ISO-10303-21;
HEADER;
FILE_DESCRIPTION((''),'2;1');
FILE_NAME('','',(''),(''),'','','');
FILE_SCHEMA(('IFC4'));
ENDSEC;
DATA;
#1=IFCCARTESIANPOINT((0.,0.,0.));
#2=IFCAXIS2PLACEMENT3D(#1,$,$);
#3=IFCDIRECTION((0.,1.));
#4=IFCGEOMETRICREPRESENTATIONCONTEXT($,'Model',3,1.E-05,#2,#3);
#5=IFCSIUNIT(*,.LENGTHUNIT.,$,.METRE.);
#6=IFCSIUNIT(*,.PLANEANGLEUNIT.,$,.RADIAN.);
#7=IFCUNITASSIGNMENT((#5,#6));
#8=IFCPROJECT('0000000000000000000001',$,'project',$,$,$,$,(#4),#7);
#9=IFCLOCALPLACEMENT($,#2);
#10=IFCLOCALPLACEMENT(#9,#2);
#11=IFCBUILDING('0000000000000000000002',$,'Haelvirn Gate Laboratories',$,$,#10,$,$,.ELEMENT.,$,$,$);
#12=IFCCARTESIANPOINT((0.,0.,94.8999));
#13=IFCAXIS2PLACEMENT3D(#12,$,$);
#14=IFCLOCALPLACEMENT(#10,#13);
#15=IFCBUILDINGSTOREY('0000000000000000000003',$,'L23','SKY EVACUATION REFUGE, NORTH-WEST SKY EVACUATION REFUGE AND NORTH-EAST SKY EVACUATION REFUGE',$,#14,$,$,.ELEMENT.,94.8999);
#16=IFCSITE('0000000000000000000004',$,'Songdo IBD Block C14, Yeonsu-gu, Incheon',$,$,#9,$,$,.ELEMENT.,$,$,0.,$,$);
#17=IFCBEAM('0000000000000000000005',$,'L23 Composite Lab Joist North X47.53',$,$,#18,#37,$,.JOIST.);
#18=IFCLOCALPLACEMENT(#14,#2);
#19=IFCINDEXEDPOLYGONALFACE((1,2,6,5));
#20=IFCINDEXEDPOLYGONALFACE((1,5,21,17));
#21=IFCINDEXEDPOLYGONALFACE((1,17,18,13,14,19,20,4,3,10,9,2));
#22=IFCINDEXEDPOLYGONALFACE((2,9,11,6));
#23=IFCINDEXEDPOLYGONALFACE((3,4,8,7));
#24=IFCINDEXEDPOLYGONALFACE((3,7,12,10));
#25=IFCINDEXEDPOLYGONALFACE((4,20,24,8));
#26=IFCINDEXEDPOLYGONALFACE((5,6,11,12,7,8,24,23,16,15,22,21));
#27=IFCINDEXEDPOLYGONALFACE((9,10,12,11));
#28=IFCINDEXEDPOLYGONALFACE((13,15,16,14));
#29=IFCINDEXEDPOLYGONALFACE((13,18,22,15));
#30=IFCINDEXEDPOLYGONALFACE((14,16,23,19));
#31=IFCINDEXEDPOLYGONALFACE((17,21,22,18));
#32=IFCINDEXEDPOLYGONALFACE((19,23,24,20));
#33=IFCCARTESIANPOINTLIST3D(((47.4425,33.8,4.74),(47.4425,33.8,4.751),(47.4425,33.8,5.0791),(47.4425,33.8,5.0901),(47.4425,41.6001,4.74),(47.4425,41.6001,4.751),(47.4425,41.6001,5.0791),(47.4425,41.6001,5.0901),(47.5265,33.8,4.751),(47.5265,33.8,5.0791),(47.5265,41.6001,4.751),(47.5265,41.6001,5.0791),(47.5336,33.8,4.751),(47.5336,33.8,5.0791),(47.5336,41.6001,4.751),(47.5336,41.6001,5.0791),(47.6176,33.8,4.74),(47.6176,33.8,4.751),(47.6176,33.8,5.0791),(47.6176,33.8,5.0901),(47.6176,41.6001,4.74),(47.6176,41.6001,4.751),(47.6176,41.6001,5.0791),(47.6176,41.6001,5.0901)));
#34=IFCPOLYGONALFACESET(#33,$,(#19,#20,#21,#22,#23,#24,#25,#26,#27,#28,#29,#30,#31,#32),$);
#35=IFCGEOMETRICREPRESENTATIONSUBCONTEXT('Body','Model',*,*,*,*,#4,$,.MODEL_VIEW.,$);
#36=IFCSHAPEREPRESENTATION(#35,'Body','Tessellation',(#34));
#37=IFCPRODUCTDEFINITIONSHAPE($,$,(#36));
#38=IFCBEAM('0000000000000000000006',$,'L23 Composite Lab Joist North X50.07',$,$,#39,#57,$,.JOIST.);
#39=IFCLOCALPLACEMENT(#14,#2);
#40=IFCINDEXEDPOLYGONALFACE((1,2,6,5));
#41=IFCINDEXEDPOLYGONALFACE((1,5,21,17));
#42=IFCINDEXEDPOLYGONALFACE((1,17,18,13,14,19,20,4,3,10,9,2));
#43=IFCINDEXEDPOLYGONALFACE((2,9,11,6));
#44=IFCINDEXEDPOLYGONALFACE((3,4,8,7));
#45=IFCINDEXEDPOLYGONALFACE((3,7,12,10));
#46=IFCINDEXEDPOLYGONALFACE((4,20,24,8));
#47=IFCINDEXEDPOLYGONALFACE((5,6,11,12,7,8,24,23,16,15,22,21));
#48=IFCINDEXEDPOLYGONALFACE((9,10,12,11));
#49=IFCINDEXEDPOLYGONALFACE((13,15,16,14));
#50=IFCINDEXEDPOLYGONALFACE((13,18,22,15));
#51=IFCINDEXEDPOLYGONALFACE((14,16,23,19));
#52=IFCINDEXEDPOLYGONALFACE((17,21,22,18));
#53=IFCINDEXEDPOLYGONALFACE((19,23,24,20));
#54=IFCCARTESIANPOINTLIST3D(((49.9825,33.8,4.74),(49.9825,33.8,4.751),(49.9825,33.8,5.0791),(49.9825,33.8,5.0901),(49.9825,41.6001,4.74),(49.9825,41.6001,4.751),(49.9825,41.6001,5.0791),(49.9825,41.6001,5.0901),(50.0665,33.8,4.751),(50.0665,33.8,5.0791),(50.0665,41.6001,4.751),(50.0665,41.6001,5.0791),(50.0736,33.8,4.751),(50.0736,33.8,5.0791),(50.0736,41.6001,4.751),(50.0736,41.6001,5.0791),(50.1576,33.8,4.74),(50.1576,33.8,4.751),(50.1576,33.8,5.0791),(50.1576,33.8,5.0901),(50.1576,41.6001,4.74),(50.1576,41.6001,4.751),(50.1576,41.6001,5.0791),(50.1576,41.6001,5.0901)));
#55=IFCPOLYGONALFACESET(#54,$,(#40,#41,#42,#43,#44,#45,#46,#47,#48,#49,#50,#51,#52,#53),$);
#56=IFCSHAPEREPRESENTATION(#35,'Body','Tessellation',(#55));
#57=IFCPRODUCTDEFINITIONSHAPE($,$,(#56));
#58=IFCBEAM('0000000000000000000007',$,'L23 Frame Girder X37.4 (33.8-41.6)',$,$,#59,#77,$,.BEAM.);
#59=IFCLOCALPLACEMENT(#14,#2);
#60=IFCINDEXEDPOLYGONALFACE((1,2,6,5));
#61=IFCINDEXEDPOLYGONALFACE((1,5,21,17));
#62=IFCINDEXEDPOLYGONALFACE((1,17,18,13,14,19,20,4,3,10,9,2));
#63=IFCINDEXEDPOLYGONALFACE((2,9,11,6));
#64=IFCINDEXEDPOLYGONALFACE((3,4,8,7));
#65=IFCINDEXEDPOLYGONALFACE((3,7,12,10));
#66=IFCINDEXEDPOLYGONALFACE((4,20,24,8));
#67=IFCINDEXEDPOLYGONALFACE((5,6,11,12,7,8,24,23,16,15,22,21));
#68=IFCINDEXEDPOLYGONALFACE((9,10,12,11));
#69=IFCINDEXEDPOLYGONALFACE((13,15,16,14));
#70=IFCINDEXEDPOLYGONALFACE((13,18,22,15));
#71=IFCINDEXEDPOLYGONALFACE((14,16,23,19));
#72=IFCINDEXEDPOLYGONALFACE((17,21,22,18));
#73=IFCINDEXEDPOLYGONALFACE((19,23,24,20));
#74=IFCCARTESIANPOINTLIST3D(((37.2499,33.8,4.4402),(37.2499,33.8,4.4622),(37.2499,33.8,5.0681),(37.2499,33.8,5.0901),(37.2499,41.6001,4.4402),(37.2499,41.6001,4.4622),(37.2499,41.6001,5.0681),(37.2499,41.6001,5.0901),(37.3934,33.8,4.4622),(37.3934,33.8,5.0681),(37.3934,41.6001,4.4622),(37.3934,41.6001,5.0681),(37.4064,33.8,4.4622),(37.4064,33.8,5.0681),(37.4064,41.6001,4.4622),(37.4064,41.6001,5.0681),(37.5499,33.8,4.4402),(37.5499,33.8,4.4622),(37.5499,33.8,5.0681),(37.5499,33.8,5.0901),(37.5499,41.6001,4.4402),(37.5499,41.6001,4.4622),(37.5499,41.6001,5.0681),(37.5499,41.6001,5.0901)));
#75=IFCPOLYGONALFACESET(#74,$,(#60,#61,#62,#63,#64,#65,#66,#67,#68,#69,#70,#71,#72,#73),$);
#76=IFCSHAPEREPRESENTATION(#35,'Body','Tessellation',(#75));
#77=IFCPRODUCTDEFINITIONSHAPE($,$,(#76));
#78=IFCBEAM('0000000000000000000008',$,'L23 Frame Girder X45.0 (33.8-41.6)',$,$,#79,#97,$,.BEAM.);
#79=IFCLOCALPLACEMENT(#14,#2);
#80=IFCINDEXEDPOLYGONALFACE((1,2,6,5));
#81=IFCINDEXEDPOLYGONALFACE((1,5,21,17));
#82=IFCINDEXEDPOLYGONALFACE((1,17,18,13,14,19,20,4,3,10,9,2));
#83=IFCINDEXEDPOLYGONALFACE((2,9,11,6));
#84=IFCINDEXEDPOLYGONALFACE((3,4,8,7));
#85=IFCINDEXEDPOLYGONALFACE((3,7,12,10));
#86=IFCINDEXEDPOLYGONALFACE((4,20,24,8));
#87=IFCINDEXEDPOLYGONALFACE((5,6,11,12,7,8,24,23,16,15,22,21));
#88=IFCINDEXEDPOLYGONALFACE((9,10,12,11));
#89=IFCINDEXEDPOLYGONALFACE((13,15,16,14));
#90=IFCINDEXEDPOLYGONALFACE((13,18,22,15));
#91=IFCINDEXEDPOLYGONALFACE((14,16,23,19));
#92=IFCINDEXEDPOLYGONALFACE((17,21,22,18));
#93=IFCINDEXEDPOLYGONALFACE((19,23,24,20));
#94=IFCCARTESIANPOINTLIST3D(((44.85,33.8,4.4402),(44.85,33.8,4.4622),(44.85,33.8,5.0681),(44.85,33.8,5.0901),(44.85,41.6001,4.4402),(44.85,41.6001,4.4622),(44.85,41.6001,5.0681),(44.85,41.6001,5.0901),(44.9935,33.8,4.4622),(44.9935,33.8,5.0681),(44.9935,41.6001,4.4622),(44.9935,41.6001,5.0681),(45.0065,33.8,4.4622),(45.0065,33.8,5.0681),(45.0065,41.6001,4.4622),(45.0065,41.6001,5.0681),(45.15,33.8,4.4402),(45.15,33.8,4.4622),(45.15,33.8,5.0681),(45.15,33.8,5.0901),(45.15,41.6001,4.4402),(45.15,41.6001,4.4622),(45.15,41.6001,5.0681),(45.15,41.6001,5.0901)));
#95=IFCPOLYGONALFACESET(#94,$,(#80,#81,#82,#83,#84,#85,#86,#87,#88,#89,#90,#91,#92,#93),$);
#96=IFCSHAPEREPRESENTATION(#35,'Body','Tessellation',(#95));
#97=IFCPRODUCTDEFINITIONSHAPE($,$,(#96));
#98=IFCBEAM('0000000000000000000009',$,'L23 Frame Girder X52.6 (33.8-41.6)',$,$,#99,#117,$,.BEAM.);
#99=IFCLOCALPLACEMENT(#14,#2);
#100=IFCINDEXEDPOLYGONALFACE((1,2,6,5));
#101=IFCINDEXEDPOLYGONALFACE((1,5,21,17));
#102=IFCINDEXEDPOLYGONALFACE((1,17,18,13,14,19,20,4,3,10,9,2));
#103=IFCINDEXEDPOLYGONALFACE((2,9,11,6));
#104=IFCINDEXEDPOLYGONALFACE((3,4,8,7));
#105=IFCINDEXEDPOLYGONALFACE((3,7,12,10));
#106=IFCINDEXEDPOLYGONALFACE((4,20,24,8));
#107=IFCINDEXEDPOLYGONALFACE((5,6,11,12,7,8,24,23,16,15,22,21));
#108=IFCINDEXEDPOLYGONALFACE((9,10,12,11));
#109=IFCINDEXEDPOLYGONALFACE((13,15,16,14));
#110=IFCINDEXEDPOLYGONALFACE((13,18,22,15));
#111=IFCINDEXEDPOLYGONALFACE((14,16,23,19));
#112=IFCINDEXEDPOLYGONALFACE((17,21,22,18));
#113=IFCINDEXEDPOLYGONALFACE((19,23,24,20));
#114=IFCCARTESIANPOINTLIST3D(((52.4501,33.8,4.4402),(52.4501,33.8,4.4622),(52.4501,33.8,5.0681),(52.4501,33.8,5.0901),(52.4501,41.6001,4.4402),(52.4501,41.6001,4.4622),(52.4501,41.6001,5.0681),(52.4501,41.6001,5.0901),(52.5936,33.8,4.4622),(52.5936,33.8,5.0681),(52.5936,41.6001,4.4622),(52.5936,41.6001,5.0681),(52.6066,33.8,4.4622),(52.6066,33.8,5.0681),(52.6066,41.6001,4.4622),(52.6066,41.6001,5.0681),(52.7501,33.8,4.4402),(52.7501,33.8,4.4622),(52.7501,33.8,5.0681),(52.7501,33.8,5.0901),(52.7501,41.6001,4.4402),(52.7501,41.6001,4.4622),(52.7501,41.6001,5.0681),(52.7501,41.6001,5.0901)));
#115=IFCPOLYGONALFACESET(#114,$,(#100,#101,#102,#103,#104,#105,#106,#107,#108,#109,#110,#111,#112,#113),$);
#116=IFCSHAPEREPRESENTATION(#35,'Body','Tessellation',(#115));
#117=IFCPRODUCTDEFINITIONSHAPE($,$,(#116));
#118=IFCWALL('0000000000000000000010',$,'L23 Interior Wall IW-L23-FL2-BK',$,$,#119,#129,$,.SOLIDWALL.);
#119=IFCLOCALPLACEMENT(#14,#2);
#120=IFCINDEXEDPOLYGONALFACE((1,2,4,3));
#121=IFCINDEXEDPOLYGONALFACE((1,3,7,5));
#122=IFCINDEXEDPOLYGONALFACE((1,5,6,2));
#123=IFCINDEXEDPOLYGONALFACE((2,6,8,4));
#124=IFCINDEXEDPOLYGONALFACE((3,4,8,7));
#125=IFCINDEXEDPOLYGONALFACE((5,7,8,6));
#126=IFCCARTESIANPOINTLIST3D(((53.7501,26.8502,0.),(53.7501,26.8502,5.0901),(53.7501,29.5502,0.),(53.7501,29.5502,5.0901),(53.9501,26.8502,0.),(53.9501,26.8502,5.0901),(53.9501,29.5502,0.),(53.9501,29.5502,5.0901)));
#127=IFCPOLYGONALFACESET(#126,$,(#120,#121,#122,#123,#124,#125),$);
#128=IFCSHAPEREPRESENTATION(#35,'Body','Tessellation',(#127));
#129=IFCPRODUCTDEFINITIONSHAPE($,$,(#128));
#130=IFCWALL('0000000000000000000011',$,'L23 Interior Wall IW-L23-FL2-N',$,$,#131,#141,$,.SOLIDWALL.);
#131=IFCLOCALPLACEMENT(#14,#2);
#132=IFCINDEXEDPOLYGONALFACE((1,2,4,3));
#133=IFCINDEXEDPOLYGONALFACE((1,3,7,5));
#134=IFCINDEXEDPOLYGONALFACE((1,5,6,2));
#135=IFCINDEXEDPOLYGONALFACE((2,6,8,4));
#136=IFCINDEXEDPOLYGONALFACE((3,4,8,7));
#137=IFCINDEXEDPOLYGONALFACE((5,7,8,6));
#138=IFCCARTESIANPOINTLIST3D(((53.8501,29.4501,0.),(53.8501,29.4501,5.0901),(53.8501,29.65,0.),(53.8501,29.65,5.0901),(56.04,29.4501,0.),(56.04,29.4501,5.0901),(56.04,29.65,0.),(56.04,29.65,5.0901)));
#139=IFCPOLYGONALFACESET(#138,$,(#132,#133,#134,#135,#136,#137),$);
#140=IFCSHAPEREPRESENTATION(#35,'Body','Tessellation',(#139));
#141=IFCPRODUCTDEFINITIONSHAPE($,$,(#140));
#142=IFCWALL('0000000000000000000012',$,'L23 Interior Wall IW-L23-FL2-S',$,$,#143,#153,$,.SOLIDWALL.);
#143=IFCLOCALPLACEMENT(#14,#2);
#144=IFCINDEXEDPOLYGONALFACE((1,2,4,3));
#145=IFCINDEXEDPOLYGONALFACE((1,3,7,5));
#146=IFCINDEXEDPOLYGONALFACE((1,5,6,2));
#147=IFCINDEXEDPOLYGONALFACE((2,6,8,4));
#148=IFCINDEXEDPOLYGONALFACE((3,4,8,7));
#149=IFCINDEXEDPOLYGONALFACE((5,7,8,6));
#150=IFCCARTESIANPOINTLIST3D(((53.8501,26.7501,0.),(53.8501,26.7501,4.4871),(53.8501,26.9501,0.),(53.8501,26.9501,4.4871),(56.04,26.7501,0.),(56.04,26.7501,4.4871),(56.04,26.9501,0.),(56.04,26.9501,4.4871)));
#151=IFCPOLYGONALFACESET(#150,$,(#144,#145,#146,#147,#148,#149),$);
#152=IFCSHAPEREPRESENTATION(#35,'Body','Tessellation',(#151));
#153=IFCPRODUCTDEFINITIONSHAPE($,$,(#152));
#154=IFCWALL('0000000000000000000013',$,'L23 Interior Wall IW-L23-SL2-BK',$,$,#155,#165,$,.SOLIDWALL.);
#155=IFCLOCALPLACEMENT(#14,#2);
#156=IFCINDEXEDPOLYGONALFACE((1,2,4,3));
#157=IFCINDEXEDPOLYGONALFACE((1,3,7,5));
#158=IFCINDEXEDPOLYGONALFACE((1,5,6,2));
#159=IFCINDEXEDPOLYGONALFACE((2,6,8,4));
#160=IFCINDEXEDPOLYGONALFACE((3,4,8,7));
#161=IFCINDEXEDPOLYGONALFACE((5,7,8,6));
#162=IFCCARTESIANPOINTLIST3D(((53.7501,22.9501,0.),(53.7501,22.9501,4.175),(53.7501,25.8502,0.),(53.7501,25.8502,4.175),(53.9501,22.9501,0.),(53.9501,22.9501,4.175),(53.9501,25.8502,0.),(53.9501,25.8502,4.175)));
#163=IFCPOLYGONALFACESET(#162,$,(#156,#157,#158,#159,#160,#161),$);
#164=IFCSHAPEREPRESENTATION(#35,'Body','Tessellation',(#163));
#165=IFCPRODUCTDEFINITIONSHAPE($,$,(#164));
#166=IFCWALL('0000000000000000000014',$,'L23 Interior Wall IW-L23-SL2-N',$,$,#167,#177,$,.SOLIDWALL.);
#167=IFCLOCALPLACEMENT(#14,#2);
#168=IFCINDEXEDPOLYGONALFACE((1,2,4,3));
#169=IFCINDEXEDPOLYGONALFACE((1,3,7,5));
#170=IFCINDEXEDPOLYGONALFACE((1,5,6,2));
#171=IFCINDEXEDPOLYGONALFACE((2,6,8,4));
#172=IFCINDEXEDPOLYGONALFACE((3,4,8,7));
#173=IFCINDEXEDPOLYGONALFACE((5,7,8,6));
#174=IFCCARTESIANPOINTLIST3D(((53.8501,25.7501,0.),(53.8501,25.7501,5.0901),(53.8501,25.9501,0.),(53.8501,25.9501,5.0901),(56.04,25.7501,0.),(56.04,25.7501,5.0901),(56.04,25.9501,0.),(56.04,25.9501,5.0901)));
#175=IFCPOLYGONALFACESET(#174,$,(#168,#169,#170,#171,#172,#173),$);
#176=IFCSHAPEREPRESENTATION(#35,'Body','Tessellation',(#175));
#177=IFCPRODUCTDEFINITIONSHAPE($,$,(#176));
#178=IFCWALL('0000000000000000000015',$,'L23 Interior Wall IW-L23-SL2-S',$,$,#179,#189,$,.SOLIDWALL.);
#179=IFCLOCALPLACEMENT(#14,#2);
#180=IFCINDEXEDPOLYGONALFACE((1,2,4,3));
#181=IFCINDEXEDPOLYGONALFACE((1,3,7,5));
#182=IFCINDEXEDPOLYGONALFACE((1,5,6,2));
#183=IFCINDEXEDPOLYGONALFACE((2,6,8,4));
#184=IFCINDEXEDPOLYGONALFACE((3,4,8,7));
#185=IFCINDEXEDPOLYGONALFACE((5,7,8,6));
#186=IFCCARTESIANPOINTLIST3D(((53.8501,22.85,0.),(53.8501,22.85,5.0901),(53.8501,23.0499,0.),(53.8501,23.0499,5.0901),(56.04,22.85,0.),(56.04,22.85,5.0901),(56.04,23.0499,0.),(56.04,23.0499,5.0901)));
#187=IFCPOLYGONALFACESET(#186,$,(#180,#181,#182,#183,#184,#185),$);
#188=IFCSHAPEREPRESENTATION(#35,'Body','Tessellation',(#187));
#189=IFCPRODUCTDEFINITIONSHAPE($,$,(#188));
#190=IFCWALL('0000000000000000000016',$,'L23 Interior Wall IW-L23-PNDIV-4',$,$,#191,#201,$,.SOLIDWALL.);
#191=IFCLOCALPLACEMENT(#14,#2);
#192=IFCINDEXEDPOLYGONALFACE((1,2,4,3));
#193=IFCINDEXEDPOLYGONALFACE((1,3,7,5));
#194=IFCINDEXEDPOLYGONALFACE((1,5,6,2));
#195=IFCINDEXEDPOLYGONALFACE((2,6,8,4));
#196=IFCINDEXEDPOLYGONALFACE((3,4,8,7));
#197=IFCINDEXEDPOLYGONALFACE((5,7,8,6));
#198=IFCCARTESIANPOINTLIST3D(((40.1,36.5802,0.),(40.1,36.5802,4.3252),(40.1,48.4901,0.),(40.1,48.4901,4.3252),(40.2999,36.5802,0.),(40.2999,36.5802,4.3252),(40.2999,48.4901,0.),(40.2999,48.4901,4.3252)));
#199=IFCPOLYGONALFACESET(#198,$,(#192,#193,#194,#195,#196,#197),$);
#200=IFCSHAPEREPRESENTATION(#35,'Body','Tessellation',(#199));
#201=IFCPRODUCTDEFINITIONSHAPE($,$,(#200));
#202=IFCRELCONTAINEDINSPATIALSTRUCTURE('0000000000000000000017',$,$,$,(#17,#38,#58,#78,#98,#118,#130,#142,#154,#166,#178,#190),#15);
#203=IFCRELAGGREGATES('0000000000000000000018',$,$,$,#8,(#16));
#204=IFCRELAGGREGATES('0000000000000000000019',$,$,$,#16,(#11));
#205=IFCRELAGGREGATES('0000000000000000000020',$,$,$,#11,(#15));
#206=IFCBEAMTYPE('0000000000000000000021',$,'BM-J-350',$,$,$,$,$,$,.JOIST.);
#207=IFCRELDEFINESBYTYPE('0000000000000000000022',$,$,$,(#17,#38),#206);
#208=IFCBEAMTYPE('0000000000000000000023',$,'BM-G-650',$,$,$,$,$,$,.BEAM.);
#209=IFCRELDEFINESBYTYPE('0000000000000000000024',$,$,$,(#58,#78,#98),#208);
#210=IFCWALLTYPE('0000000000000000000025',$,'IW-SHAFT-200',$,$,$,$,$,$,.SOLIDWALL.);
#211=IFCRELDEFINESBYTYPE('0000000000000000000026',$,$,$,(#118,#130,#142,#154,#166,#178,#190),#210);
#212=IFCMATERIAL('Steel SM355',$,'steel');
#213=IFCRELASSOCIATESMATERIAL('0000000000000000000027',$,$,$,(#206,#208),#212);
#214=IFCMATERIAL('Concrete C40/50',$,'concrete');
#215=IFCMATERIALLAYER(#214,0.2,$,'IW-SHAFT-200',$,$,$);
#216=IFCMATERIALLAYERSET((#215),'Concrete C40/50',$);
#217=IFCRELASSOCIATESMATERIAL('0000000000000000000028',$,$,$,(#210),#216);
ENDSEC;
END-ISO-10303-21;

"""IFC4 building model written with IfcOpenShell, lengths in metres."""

from ifc_helpers import new_model, si_unit, direction, frame, frame_2d, origin, origin_2d, place, context, subcontext, project, spatial, rectangle, i_section, extrude, source, transform, mapped, material, layer, layer_set, material_profile, profile_set, type_object, type_shapes, element, save


model = new_model("IFC4")

# Units and contexts
model_context = context("Model", 3, precision=1e-05, world=origin(), true_north=direction((0.0, 1.0)))
body_context = subcontext(model_context, "Body", "Model", "MODEL_VIEW")
ifc_project = project(units=[si_unit("LENGTHUNIT", "METRE"), si_unit("PLANEANGLEUNIT", "RADIAN")], contexts=[model_context])

# Site, building, storey
site_placement = place(None, origin())
site = spatial("IfcSite", under=ifc_project, at=site_placement, Name="Songdo IBD Block C14, Yeonsu-gu, Incheon", CompositionType="ELEMENT", RefElevation=0.0)
building_placement = place(site_placement, origin())
building = spatial("IfcBuilding", under=site, at=building_placement, Name="Haelvirn Gate Laboratories", CompositionType="ELEMENT")
storey_placement = place(building_placement, frame((0.0, 0.0, 94.8999)))
storey = spatial("IfcBuildingStorey", under=building, at=storey_placement, Name="L23", Description="SKY EVACUATION REFUGE, NORTH-WEST SKY EVACUATION REFUGE AND NORTH-EAST SKY EVACUATION REFUGE", CompositionType="ELEMENT", Elevation=94.8999)

# Beams
ifc_material_1 = material(Name="Steel SM355", Category="steel")
ifc_material_profile_1 = material_profile(ifc_material_1, i_section(OverallWidth=0.175, OverallDepth=0.3501, WebThickness=0.0071, FlangeThickness=0.011, at=origin_2d()), Name="H-350x175x7x11")
ifc_profile_set_1 = profile_set([ifc_material_profile_1], Name="Steel SM355")
beam_type_1 = type_object("IfcBeamType", Name="BM-J-350", PredefinedType="JOIST", material=ifc_profile_set_1)
shared_shape_1 = source(origin(), body_context, "Body", "SweptSolid", [
    extrude(i_section(OverallWidth=0.175, OverallDepth=0.3501, WebThickness=0.0071, FlangeThickness=0.011, at=origin_2d()), origin(), (0.0, 0.0, 1.0), 7.8),
])
type_shapes(beam_type_1, [shared_shape_1])
for number, where, z_axis, x_axis, name in (
    (1, (47.53, 33.8, 4.915), (0.0, 1.0, 0.0), (-1.0, 0.0, 0.0), "L23 Composite Lab Joist North X47.53"),
    (2, (50.0701, 33.8, 4.915), (0.0, 1.0, 0.0), (-1.0, 0.0, 0.0), "L23 Composite Lab Joist North X50.07"),
):
    element("IfcBeam", number, at=place(storey_placement, frame(where, z_axis=z_axis, x_axis=x_axis)), inside=storey, type_object=beam_type_1, Name=name, PredefinedType="JOIST", context=body_context, shape_type="MappedRepresentation", body=[
        mapped(shared_shape_1, transform((0.0, 0.0, 0.0), scale=1.0)),
    ])
ifc_material_profile_2 = material_profile(ifc_material_1, i_section(OverallWidth=0.3, OverallDepth=0.6499, WebThickness=0.0129, FlangeThickness=0.022, at=origin_2d()), Name="H-650x300x13x22")
ifc_profile_set_2 = profile_set([ifc_material_profile_2], Name="Steel SM355")
beam_type_2 = type_object("IfcBeamType", Name="BM-G-650", PredefinedType="BEAM", material=ifc_profile_set_2)
shared_shape_2 = source(origin(), body_context, "Body", "SweptSolid", [
    extrude(i_section(OverallWidth=0.3, OverallDepth=0.6499, WebThickness=0.0129, FlangeThickness=0.022, at=origin_2d()), origin(), (0.0, 0.0, 1.0), 7.8),
])
type_shapes(beam_type_2, [shared_shape_2])
for number, where, z_axis, x_axis, name in (
    (3, (37.3999, 33.8, 4.7651), (0.0, 1.0, 0.0), (-1.0, 0.0, 0.0), "L23 Frame Girder X37.4 (33.8-41.6)"),
    (4, (45.0, 33.8, 4.7651), (0.0, 1.0, 0.0), (-1.0, 0.0, 0.0), "L23 Frame Girder X45.0 (33.8-41.6)"),
    (5, (52.6001, 33.8, 4.7651), (0.0, 1.0, 0.0), (-1.0, 0.0, 0.0), "L23 Frame Girder X52.6 (33.8-41.6)"),
):
    element("IfcBeam", number, at=place(storey_placement, frame(where, z_axis=z_axis, x_axis=x_axis)), inside=storey, type_object=beam_type_2, Name=name, PredefinedType="BEAM", context=body_context, shape_type="MappedRepresentation", body=[
        mapped(shared_shape_2, transform((0.0, 0.0, 0.0), scale=1.0)),
    ])

# Walls
ifc_material_2 = material(Name="Concrete C40/50", Category="concrete")
ifc_layer_1 = layer(ifc_material_2, 0.2, Name="IW-SHAFT-200")
ifc_layer_set_1 = layer_set([ifc_layer_1], Name="Concrete C40/50")
wall_type_1 = type_object("IfcWallType", Name="IW-SHAFT-200", PredefinedType="SOLIDWALL", material=ifc_layer_set_1)
wall_1_placement = place(storey_placement, frame((53.8501, 26.8501, 0.0), z_axis=(0.0, 0.0, 1.0), x_axis=(0.0, 1.0, 0.0)))
element("IfcWall", 6, at=wall_1_placement, inside=storey, type_object=wall_type_1, Name="L23 Interior Wall IW-L23-FL2-BK", PredefinedType="SOLIDWALL", context=body_context, shape_type="SweptSolid", body=[
    extrude(rectangle(XDim=2.7, YDim=0.2, at=frame_2d((1.3501, 0.0))), origin(), (0.0, 0.0, 1.0), 5.0901),
])
wall_2_placement = place(storey_placement, frame((53.8501, 29.55, 0.0), z_axis=(0.0, 0.0, 1.0), x_axis=(1.0, 0.0, 0.0)))
element("IfcWall", 7, at=wall_2_placement, inside=storey, type_object=wall_type_1, Name="L23 Interior Wall IW-L23-FL2-N", PredefinedType="SOLIDWALL", context=body_context, shape_type="SweptSolid", body=[
    extrude(rectangle(XDim=2.1899, YDim=0.2, at=frame_2d((1.095, 0.0))), origin(), (0.0, 0.0, 1.0), 5.0901),
])
wall_3_placement = place(storey_placement, frame((53.8501, 26.8501, 0.0), z_axis=(0.0, 0.0, 1.0), x_axis=(1.0, 0.0, 0.0)))
element("IfcWall", 8, at=wall_3_placement, inside=storey, type_object=wall_type_1, Name="L23 Interior Wall IW-L23-FL2-S", PredefinedType="SOLIDWALL", context=body_context, shape_type="SweptSolid", body=[
    extrude(rectangle(XDim=2.1899, YDim=0.2, at=frame_2d((1.095, 0.0))), origin(), (0.0, 0.0, 1.0), 4.4871),
])
wall_4_placement = place(storey_placement, frame((53.8501, 22.95, 0.0), z_axis=(0.0, 0.0, 1.0), x_axis=(0.0, 1.0, 0.0)))
element("IfcWall", 9, at=wall_4_placement, inside=storey, type_object=wall_type_1, Name="L23 Interior Wall IW-L23-SL2-BK", PredefinedType="SOLIDWALL", context=body_context, shape_type="SweptSolid", body=[
    extrude(rectangle(XDim=2.9001, YDim=0.2, at=frame_2d((1.4502, 0.0))), origin(), (0.0, 0.0, 1.0), 4.175),
])
for number, where, z_axis, x_axis, name in (
    (10, (53.8501, 25.8501, 0.0), (0.0, 0.0, 1.0), (1.0, 0.0, 0.0), "L23 Interior Wall IW-L23-SL2-N"),
    (11, (53.8501, 22.95, 0.0), (0.0, 0.0, 1.0), (1.0, 0.0, 0.0), "L23 Interior Wall IW-L23-SL2-S"),
):
    element("IfcWall", number, at=place(storey_placement, frame(where, z_axis=z_axis, x_axis=x_axis)), inside=storey, type_object=wall_type_1, Name=name, PredefinedType="SOLIDWALL", context=body_context, shape_type="SweptSolid", body=[
        extrude(rectangle(XDim=2.1899, YDim=0.2, at=frame_2d((1.095, 0.0))), origin(), (0.0, 0.0, 1.0), 5.0901),
    ])
wall_5_placement = place(storey_placement, frame((40.2, 36.5801, 0.0), z_axis=(0.0, 0.0, 1.0), x_axis=(0.0, 1.0, 0.0)))
element("IfcWall", 12, at=wall_5_placement, inside=storey, type_object=wall_type_1, Name="L23 Interior Wall IW-L23-PNDIV-4", PredefinedType="SOLIDWALL", context=body_context, shape_type="SweptSolid", body=[
    extrude(rectangle(XDim=11.9099, YDim=0.2, at=frame_2d((5.9551, 0.0))), origin(), (0.0, 0.0, 1.0), 4.3252),
])

save(model, "model.ifc")
